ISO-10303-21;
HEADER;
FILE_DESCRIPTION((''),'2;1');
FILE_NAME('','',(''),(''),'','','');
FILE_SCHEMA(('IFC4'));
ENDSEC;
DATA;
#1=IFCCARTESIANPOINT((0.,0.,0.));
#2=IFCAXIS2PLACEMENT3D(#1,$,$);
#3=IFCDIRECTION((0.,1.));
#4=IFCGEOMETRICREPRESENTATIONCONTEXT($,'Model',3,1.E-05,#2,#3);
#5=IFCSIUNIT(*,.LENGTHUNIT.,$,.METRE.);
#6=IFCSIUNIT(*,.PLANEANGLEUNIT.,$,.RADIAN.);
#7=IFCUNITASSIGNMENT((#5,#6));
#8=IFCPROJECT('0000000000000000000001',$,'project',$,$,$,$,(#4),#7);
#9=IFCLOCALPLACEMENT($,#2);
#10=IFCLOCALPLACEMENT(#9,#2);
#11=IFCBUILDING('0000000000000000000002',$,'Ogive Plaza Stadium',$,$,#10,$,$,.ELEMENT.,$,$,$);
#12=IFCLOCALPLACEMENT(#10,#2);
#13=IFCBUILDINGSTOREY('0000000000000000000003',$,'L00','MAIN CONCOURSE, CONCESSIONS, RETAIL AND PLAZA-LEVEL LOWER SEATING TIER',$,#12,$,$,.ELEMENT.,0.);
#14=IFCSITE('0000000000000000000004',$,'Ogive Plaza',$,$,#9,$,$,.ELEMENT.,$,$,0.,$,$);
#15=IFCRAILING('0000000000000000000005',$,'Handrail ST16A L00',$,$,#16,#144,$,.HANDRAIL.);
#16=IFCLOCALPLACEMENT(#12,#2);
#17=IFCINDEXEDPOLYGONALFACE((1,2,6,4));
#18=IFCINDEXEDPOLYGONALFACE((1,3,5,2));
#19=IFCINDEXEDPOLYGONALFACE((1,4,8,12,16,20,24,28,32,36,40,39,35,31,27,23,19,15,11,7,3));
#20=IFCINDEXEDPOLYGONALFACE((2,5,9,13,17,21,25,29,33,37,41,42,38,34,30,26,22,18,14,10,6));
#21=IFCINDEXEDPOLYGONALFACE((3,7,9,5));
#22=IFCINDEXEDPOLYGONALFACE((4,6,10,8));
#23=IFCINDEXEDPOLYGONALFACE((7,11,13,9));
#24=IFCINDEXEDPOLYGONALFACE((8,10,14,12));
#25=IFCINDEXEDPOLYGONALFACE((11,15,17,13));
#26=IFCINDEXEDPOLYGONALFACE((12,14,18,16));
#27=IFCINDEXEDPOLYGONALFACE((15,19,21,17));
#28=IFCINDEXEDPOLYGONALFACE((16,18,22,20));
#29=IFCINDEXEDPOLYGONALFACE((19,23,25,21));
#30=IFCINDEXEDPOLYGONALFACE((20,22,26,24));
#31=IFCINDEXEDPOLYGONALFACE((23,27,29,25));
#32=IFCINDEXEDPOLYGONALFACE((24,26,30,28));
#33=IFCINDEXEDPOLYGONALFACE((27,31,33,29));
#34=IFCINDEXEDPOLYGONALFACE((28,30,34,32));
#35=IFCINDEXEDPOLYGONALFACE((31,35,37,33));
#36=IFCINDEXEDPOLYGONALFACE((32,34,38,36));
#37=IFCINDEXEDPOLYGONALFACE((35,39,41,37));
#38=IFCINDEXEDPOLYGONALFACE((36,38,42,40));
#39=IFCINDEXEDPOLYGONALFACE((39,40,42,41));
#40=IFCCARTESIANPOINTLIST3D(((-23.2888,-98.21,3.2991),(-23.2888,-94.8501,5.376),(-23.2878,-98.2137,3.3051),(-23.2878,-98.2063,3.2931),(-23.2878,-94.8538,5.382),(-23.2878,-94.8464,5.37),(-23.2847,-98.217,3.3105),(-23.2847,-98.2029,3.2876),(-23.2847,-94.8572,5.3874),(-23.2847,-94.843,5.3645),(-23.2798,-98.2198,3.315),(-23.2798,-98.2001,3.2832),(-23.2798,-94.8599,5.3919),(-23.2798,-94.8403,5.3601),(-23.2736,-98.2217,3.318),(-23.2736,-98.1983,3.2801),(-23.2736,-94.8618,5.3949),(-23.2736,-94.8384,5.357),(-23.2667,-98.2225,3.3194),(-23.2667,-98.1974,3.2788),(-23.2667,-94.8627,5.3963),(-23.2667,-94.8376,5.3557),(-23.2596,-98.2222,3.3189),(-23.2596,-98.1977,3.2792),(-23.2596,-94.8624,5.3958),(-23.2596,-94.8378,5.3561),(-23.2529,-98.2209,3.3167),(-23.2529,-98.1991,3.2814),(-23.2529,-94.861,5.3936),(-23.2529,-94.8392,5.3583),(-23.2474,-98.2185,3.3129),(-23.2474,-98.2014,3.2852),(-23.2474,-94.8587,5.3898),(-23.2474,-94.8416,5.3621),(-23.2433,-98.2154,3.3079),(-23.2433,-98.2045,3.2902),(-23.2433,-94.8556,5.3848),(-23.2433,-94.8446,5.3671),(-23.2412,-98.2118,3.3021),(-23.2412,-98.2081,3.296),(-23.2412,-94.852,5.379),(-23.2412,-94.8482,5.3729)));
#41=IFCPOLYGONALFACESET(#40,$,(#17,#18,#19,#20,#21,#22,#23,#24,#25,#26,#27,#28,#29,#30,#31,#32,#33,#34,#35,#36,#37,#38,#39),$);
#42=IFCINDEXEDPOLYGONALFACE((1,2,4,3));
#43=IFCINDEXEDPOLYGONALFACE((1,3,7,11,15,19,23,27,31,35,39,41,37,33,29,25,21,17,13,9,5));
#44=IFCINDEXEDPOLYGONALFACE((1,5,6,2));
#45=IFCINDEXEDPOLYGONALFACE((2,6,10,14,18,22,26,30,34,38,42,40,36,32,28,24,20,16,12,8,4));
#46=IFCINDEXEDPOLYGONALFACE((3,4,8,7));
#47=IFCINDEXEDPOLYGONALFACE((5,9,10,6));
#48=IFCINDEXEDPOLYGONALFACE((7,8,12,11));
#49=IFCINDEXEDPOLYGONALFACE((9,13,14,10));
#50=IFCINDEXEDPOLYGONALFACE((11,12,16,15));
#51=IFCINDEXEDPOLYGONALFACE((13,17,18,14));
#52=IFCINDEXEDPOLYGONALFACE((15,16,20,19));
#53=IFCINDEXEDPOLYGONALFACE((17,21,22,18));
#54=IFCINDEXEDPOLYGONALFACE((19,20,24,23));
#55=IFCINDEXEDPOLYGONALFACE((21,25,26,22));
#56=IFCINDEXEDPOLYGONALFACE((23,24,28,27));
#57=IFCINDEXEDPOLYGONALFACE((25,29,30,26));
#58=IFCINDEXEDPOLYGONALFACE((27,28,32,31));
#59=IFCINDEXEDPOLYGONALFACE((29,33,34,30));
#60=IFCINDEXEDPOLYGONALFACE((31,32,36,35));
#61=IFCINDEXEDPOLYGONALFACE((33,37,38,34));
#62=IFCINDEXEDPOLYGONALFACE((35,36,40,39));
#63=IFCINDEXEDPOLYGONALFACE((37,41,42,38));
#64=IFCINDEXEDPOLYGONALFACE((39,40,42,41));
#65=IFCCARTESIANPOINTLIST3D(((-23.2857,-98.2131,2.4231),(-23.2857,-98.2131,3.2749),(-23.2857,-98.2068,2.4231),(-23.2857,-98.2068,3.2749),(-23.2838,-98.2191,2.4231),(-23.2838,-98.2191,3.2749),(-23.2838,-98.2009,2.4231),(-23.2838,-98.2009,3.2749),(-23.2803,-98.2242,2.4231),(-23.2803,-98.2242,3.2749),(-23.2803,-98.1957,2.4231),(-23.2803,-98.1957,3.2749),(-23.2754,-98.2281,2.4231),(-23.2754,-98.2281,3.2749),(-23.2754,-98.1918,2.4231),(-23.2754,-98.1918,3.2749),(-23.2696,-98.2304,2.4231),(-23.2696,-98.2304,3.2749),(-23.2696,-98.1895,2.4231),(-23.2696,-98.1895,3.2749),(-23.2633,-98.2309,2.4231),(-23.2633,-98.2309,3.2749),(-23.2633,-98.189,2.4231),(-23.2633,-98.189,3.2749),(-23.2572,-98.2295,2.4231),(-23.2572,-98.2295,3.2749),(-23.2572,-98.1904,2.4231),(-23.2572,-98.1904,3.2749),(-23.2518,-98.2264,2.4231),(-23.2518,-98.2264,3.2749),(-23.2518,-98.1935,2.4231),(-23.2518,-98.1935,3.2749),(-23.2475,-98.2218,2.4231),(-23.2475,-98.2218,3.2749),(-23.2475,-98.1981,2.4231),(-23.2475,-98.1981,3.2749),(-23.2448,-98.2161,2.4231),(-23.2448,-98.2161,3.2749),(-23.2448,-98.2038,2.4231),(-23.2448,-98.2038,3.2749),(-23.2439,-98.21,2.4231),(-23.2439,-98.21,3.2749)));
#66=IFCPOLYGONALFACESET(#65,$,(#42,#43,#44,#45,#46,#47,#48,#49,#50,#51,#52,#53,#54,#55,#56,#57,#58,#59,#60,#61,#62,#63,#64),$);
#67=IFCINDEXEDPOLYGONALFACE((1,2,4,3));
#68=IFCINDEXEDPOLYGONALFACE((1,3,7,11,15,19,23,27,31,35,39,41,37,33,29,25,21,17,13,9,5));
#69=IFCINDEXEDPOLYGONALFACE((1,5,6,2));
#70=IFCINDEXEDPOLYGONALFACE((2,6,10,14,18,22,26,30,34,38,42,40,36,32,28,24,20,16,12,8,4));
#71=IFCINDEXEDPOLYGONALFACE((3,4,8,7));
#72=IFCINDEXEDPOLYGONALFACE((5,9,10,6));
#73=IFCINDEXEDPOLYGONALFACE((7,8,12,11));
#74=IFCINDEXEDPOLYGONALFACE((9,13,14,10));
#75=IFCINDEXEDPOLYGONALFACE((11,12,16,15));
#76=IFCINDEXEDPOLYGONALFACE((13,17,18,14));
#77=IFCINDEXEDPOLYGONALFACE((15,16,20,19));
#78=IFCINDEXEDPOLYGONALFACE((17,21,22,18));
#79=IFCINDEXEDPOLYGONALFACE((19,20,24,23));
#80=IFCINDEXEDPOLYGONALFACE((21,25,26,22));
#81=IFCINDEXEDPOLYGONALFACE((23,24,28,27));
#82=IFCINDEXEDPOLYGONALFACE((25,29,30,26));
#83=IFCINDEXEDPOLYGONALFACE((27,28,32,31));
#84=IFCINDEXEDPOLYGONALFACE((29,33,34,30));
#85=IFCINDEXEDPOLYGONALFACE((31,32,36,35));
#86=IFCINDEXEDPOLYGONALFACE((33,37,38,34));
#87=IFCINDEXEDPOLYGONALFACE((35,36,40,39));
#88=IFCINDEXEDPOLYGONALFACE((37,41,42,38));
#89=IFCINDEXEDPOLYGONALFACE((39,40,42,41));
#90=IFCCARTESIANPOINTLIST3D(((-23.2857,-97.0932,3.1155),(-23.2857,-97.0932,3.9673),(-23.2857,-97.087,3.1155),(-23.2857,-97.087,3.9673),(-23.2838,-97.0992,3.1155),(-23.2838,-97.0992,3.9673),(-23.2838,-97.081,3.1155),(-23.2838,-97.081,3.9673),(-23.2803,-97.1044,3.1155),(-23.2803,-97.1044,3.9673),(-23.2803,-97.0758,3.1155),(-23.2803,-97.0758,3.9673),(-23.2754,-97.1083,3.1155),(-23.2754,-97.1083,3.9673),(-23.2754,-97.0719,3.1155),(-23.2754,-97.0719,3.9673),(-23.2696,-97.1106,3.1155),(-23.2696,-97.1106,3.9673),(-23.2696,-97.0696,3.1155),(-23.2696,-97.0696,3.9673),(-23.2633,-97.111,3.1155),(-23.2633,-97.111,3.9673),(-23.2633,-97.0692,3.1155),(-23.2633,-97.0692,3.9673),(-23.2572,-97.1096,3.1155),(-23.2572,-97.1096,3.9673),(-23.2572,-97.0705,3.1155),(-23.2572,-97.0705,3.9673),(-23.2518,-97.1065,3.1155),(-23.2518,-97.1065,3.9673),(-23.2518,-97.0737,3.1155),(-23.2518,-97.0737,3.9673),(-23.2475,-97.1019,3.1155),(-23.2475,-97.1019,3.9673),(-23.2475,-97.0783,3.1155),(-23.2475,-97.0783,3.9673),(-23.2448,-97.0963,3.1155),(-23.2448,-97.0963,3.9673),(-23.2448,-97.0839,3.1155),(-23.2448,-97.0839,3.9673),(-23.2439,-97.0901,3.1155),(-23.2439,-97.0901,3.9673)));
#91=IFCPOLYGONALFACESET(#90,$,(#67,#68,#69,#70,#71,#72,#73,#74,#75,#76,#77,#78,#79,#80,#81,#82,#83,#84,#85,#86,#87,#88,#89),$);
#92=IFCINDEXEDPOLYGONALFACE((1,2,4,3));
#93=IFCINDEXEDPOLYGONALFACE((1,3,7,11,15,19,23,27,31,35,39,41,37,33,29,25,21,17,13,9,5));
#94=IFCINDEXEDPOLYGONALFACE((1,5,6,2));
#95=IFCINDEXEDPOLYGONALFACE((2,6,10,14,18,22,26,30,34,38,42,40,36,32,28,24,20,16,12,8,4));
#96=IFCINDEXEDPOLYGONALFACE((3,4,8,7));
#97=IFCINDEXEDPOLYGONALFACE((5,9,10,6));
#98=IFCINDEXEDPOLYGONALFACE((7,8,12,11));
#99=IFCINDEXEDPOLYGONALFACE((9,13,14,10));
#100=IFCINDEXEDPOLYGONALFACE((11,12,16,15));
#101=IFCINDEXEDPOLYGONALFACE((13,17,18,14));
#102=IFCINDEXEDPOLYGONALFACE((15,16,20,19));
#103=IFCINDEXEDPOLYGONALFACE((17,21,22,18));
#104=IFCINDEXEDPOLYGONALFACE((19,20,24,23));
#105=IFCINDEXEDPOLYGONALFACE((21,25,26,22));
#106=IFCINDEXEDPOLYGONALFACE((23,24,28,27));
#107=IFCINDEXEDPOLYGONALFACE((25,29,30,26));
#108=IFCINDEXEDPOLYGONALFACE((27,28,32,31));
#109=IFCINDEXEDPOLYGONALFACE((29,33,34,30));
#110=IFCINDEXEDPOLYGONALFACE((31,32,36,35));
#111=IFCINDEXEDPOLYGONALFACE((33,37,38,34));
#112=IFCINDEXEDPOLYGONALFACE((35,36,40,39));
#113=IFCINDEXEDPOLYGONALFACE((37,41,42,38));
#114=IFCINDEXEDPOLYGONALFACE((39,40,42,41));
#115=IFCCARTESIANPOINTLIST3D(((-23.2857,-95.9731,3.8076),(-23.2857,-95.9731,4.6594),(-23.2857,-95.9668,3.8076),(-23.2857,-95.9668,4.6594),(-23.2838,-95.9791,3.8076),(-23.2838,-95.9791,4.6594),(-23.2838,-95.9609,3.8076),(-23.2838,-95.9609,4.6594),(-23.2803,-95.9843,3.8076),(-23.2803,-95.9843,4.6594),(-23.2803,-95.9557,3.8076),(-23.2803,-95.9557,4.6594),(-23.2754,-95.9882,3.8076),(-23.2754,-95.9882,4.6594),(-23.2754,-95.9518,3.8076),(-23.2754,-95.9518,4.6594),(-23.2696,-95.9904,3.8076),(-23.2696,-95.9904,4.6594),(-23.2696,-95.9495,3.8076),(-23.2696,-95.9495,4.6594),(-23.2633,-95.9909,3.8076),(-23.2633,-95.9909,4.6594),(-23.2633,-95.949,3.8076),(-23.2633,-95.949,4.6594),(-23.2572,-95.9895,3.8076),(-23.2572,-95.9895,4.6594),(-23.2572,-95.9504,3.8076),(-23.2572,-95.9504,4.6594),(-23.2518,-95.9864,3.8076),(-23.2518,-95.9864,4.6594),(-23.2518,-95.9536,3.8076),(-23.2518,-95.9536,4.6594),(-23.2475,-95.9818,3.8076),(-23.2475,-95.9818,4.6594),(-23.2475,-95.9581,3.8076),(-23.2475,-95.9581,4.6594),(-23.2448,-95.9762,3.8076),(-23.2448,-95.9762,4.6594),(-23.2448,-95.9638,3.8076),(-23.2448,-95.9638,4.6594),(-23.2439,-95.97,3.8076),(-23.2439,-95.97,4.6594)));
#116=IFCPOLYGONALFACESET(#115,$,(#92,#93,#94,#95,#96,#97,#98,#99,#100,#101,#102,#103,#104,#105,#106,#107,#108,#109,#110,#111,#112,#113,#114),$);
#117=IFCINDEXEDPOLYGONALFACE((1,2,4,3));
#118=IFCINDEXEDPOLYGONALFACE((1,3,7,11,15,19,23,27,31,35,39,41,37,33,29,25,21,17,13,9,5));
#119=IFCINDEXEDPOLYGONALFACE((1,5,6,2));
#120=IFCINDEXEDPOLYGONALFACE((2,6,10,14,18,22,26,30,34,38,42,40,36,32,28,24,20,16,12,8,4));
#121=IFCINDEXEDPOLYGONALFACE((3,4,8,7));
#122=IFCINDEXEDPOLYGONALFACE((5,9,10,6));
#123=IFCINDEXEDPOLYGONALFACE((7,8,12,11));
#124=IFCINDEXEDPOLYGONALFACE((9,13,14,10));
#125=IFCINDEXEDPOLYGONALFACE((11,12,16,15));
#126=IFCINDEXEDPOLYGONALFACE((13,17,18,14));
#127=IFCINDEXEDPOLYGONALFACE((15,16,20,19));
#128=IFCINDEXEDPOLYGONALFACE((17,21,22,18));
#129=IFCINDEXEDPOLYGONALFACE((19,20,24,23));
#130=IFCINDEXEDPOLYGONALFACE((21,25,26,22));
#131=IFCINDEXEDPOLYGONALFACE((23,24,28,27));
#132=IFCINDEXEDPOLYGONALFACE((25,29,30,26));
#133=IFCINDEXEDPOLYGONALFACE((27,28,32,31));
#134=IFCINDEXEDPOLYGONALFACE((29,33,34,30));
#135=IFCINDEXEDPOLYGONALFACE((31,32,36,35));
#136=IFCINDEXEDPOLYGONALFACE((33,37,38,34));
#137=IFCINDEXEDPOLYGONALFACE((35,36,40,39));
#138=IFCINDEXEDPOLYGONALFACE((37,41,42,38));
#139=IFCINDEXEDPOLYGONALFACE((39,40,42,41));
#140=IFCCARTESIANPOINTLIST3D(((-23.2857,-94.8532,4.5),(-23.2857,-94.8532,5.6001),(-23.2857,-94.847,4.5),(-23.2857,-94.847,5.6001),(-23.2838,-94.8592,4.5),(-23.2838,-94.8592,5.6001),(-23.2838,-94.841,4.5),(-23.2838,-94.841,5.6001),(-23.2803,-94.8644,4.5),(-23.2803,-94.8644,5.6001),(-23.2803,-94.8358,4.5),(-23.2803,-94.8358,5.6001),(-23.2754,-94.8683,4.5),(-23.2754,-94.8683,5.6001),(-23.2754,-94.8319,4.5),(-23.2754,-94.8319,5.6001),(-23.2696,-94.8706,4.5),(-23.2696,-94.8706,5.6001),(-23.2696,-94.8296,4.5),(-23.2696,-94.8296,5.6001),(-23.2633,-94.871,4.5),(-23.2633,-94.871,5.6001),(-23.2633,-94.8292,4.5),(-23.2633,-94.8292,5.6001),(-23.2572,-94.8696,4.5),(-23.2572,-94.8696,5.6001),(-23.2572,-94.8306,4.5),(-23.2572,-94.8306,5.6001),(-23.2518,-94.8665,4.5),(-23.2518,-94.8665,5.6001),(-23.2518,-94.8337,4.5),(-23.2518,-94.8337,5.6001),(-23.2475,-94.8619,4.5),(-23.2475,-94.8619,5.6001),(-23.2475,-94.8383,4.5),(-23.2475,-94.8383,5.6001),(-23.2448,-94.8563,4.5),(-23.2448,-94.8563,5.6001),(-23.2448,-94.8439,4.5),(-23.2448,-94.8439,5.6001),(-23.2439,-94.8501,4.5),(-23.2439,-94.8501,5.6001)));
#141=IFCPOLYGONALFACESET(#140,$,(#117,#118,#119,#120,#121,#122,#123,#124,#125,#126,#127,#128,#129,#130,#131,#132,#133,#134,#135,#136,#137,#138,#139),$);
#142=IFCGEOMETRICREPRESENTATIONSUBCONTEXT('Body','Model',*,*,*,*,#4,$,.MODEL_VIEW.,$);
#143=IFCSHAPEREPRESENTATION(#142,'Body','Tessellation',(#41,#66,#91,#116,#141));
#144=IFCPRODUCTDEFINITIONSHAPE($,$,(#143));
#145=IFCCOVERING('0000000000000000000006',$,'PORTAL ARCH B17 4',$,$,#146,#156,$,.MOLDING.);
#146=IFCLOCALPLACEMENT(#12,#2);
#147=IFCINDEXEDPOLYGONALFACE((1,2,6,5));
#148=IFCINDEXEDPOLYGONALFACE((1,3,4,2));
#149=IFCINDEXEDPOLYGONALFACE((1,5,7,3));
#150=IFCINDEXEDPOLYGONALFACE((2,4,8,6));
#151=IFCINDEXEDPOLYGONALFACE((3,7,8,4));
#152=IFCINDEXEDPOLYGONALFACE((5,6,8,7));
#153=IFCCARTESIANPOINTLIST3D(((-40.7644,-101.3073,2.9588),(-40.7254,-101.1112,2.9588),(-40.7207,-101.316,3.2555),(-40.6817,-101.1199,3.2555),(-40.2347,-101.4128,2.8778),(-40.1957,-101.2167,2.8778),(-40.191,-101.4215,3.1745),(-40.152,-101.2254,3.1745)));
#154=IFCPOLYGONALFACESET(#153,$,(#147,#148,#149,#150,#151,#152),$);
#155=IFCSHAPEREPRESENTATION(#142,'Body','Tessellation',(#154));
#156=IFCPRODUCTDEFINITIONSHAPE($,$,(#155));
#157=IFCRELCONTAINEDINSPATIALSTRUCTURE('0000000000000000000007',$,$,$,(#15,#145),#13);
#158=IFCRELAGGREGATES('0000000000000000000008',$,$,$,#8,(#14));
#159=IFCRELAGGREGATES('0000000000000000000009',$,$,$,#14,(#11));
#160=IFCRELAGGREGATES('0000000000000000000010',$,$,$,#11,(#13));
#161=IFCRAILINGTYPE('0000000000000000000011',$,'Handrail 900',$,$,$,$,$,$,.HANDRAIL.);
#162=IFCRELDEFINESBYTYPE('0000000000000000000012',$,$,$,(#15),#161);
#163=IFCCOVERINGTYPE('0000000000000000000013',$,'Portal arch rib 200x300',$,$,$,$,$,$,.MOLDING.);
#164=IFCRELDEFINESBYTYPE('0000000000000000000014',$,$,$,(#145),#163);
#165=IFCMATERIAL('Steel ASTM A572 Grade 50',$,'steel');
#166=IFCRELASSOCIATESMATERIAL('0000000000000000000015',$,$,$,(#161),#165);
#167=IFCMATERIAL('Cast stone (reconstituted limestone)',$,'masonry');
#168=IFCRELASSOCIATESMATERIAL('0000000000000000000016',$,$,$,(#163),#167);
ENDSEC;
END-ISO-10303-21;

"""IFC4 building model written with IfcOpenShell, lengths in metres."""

from ifc_helpers import new_model, si_unit, direction, frame, origin, origin_2d, place, context, subcontext, project, spatial, rectangle, circle, extrude, material, material_profile, profile_set, type_object, element, save


model = new_model("IFC4")

# Units and contexts
model_context = context("Model", 3, precision=1e-05, world=origin(), true_north=direction((0.0, 1.0)))
body_context = subcontext(model_context, "Body", "Model", "MODEL_VIEW")
ifc_project = project(units=[si_unit("LENGTHUNIT", "METRE"), si_unit("PLANEANGLEUNIT", "RADIAN")], contexts=[model_context])

# Site, building, storey
site_placement = place(None, origin())
site = spatial("IfcSite", under=ifc_project, at=site_placement, Name="Ogive Plaza", CompositionType="ELEMENT", RefElevation=0.0)
building_placement = place(site_placement, origin())
building = spatial("IfcBuilding", under=site, at=building_placement, Name="Ogive Plaza Stadium", CompositionType="ELEMENT")
storey_placement = place(building_placement, origin())
storey = spatial("IfcBuildingStorey", under=building, at=storey_placement, Name="L00", Description="MAIN CONCOURSE, CONCESSIONS, RETAIL AND PLAZA-LEVEL LOWER SEATING TIER", CompositionType="ELEMENT", Elevation=0.0)

# Railing
ifc_material_1 = material(Name="Steel ASTM A572 Grade 50", Category="steel")
railing_type_1 = type_object("IfcRailingType", Name="Handrail 900", PredefinedType="HANDRAIL", material=ifc_material_1)
railing_placement = place(storey_placement, frame((-23.2649, -98.21, 2.4231)))
element("IfcRailing", 1, at=railing_placement, inside=storey, type_object=railing_type_1, Name="Handrail ST16A L00", PredefinedType="HANDRAIL", context=body_context, shape_type="SweptSolid", body=[
    extrude(circle(Radius=0.0239, at=origin_2d()), frame((0.0, 0.0, 0.876), z_axis=(0.0, 0.850606, 0.525803), x_axis=(-1.0, 0.0, 0.0)), (0.0, 0.0, 1.0), 3.95),
    extrude(circle(Radius=0.021, at=origin_2d()), origin(), (0.0, 0.0, 1.0), 0.8518),
    extrude(circle(Radius=0.021, at=origin_2d()), frame((0.0, 1.1199, 0.6924)), (0.0, 0.0, 1.0), 0.8518),
    extrude(circle(Radius=0.021, at=origin_2d()), frame((0.0, 2.24, 1.3845)), (0.0, 0.0, 1.0), 0.8518),
    extrude(circle(Radius=0.021, at=origin_2d()), frame((0.0, 3.3599, 2.0769)), (0.0, 0.0, 1.0), 1.1001),
])

# Covering
ifc_material_2 = material(Name="Cast stone (reconstituted limestone)", Category="masonry")
ifc_material_profile_1 = material_profile(ifc_material_2, rectangle(XDim=0.2, YDim=0.3, at=origin_2d()), Name="Cast stone 200x300")
ifc_profile_set_1 = profile_set([ifc_material_profile_1], Name="Cast stone (reconstituted limestone)")
covering_type = type_object("IfcCoveringType", Name="Portal arch rib 200x300", PredefinedType="MOLDING", material=ifc_profile_set_1)
covering_placement = place(storey_placement, frame((-40.1934, -101.3191, 3.0261), z_axis=(-0.969896, 0.193085, 0.14839), x_axis=(-0.195247, -0.980754, 0.0)))
element("IfcCovering", 2, at=covering_placement, inside=storey, type_object=covering_type, Name="PORTAL ARCH B17 4", PredefinedType="MOLDING", context=body_context, shape_type="SweptSolid", body=[
    extrude(rectangle(XDim=0.2, YDim=0.3, at=origin_2d()), origin(), (0.0, 0.0, 1.0), 0.5461),
])

save(model, "model.ifc")
